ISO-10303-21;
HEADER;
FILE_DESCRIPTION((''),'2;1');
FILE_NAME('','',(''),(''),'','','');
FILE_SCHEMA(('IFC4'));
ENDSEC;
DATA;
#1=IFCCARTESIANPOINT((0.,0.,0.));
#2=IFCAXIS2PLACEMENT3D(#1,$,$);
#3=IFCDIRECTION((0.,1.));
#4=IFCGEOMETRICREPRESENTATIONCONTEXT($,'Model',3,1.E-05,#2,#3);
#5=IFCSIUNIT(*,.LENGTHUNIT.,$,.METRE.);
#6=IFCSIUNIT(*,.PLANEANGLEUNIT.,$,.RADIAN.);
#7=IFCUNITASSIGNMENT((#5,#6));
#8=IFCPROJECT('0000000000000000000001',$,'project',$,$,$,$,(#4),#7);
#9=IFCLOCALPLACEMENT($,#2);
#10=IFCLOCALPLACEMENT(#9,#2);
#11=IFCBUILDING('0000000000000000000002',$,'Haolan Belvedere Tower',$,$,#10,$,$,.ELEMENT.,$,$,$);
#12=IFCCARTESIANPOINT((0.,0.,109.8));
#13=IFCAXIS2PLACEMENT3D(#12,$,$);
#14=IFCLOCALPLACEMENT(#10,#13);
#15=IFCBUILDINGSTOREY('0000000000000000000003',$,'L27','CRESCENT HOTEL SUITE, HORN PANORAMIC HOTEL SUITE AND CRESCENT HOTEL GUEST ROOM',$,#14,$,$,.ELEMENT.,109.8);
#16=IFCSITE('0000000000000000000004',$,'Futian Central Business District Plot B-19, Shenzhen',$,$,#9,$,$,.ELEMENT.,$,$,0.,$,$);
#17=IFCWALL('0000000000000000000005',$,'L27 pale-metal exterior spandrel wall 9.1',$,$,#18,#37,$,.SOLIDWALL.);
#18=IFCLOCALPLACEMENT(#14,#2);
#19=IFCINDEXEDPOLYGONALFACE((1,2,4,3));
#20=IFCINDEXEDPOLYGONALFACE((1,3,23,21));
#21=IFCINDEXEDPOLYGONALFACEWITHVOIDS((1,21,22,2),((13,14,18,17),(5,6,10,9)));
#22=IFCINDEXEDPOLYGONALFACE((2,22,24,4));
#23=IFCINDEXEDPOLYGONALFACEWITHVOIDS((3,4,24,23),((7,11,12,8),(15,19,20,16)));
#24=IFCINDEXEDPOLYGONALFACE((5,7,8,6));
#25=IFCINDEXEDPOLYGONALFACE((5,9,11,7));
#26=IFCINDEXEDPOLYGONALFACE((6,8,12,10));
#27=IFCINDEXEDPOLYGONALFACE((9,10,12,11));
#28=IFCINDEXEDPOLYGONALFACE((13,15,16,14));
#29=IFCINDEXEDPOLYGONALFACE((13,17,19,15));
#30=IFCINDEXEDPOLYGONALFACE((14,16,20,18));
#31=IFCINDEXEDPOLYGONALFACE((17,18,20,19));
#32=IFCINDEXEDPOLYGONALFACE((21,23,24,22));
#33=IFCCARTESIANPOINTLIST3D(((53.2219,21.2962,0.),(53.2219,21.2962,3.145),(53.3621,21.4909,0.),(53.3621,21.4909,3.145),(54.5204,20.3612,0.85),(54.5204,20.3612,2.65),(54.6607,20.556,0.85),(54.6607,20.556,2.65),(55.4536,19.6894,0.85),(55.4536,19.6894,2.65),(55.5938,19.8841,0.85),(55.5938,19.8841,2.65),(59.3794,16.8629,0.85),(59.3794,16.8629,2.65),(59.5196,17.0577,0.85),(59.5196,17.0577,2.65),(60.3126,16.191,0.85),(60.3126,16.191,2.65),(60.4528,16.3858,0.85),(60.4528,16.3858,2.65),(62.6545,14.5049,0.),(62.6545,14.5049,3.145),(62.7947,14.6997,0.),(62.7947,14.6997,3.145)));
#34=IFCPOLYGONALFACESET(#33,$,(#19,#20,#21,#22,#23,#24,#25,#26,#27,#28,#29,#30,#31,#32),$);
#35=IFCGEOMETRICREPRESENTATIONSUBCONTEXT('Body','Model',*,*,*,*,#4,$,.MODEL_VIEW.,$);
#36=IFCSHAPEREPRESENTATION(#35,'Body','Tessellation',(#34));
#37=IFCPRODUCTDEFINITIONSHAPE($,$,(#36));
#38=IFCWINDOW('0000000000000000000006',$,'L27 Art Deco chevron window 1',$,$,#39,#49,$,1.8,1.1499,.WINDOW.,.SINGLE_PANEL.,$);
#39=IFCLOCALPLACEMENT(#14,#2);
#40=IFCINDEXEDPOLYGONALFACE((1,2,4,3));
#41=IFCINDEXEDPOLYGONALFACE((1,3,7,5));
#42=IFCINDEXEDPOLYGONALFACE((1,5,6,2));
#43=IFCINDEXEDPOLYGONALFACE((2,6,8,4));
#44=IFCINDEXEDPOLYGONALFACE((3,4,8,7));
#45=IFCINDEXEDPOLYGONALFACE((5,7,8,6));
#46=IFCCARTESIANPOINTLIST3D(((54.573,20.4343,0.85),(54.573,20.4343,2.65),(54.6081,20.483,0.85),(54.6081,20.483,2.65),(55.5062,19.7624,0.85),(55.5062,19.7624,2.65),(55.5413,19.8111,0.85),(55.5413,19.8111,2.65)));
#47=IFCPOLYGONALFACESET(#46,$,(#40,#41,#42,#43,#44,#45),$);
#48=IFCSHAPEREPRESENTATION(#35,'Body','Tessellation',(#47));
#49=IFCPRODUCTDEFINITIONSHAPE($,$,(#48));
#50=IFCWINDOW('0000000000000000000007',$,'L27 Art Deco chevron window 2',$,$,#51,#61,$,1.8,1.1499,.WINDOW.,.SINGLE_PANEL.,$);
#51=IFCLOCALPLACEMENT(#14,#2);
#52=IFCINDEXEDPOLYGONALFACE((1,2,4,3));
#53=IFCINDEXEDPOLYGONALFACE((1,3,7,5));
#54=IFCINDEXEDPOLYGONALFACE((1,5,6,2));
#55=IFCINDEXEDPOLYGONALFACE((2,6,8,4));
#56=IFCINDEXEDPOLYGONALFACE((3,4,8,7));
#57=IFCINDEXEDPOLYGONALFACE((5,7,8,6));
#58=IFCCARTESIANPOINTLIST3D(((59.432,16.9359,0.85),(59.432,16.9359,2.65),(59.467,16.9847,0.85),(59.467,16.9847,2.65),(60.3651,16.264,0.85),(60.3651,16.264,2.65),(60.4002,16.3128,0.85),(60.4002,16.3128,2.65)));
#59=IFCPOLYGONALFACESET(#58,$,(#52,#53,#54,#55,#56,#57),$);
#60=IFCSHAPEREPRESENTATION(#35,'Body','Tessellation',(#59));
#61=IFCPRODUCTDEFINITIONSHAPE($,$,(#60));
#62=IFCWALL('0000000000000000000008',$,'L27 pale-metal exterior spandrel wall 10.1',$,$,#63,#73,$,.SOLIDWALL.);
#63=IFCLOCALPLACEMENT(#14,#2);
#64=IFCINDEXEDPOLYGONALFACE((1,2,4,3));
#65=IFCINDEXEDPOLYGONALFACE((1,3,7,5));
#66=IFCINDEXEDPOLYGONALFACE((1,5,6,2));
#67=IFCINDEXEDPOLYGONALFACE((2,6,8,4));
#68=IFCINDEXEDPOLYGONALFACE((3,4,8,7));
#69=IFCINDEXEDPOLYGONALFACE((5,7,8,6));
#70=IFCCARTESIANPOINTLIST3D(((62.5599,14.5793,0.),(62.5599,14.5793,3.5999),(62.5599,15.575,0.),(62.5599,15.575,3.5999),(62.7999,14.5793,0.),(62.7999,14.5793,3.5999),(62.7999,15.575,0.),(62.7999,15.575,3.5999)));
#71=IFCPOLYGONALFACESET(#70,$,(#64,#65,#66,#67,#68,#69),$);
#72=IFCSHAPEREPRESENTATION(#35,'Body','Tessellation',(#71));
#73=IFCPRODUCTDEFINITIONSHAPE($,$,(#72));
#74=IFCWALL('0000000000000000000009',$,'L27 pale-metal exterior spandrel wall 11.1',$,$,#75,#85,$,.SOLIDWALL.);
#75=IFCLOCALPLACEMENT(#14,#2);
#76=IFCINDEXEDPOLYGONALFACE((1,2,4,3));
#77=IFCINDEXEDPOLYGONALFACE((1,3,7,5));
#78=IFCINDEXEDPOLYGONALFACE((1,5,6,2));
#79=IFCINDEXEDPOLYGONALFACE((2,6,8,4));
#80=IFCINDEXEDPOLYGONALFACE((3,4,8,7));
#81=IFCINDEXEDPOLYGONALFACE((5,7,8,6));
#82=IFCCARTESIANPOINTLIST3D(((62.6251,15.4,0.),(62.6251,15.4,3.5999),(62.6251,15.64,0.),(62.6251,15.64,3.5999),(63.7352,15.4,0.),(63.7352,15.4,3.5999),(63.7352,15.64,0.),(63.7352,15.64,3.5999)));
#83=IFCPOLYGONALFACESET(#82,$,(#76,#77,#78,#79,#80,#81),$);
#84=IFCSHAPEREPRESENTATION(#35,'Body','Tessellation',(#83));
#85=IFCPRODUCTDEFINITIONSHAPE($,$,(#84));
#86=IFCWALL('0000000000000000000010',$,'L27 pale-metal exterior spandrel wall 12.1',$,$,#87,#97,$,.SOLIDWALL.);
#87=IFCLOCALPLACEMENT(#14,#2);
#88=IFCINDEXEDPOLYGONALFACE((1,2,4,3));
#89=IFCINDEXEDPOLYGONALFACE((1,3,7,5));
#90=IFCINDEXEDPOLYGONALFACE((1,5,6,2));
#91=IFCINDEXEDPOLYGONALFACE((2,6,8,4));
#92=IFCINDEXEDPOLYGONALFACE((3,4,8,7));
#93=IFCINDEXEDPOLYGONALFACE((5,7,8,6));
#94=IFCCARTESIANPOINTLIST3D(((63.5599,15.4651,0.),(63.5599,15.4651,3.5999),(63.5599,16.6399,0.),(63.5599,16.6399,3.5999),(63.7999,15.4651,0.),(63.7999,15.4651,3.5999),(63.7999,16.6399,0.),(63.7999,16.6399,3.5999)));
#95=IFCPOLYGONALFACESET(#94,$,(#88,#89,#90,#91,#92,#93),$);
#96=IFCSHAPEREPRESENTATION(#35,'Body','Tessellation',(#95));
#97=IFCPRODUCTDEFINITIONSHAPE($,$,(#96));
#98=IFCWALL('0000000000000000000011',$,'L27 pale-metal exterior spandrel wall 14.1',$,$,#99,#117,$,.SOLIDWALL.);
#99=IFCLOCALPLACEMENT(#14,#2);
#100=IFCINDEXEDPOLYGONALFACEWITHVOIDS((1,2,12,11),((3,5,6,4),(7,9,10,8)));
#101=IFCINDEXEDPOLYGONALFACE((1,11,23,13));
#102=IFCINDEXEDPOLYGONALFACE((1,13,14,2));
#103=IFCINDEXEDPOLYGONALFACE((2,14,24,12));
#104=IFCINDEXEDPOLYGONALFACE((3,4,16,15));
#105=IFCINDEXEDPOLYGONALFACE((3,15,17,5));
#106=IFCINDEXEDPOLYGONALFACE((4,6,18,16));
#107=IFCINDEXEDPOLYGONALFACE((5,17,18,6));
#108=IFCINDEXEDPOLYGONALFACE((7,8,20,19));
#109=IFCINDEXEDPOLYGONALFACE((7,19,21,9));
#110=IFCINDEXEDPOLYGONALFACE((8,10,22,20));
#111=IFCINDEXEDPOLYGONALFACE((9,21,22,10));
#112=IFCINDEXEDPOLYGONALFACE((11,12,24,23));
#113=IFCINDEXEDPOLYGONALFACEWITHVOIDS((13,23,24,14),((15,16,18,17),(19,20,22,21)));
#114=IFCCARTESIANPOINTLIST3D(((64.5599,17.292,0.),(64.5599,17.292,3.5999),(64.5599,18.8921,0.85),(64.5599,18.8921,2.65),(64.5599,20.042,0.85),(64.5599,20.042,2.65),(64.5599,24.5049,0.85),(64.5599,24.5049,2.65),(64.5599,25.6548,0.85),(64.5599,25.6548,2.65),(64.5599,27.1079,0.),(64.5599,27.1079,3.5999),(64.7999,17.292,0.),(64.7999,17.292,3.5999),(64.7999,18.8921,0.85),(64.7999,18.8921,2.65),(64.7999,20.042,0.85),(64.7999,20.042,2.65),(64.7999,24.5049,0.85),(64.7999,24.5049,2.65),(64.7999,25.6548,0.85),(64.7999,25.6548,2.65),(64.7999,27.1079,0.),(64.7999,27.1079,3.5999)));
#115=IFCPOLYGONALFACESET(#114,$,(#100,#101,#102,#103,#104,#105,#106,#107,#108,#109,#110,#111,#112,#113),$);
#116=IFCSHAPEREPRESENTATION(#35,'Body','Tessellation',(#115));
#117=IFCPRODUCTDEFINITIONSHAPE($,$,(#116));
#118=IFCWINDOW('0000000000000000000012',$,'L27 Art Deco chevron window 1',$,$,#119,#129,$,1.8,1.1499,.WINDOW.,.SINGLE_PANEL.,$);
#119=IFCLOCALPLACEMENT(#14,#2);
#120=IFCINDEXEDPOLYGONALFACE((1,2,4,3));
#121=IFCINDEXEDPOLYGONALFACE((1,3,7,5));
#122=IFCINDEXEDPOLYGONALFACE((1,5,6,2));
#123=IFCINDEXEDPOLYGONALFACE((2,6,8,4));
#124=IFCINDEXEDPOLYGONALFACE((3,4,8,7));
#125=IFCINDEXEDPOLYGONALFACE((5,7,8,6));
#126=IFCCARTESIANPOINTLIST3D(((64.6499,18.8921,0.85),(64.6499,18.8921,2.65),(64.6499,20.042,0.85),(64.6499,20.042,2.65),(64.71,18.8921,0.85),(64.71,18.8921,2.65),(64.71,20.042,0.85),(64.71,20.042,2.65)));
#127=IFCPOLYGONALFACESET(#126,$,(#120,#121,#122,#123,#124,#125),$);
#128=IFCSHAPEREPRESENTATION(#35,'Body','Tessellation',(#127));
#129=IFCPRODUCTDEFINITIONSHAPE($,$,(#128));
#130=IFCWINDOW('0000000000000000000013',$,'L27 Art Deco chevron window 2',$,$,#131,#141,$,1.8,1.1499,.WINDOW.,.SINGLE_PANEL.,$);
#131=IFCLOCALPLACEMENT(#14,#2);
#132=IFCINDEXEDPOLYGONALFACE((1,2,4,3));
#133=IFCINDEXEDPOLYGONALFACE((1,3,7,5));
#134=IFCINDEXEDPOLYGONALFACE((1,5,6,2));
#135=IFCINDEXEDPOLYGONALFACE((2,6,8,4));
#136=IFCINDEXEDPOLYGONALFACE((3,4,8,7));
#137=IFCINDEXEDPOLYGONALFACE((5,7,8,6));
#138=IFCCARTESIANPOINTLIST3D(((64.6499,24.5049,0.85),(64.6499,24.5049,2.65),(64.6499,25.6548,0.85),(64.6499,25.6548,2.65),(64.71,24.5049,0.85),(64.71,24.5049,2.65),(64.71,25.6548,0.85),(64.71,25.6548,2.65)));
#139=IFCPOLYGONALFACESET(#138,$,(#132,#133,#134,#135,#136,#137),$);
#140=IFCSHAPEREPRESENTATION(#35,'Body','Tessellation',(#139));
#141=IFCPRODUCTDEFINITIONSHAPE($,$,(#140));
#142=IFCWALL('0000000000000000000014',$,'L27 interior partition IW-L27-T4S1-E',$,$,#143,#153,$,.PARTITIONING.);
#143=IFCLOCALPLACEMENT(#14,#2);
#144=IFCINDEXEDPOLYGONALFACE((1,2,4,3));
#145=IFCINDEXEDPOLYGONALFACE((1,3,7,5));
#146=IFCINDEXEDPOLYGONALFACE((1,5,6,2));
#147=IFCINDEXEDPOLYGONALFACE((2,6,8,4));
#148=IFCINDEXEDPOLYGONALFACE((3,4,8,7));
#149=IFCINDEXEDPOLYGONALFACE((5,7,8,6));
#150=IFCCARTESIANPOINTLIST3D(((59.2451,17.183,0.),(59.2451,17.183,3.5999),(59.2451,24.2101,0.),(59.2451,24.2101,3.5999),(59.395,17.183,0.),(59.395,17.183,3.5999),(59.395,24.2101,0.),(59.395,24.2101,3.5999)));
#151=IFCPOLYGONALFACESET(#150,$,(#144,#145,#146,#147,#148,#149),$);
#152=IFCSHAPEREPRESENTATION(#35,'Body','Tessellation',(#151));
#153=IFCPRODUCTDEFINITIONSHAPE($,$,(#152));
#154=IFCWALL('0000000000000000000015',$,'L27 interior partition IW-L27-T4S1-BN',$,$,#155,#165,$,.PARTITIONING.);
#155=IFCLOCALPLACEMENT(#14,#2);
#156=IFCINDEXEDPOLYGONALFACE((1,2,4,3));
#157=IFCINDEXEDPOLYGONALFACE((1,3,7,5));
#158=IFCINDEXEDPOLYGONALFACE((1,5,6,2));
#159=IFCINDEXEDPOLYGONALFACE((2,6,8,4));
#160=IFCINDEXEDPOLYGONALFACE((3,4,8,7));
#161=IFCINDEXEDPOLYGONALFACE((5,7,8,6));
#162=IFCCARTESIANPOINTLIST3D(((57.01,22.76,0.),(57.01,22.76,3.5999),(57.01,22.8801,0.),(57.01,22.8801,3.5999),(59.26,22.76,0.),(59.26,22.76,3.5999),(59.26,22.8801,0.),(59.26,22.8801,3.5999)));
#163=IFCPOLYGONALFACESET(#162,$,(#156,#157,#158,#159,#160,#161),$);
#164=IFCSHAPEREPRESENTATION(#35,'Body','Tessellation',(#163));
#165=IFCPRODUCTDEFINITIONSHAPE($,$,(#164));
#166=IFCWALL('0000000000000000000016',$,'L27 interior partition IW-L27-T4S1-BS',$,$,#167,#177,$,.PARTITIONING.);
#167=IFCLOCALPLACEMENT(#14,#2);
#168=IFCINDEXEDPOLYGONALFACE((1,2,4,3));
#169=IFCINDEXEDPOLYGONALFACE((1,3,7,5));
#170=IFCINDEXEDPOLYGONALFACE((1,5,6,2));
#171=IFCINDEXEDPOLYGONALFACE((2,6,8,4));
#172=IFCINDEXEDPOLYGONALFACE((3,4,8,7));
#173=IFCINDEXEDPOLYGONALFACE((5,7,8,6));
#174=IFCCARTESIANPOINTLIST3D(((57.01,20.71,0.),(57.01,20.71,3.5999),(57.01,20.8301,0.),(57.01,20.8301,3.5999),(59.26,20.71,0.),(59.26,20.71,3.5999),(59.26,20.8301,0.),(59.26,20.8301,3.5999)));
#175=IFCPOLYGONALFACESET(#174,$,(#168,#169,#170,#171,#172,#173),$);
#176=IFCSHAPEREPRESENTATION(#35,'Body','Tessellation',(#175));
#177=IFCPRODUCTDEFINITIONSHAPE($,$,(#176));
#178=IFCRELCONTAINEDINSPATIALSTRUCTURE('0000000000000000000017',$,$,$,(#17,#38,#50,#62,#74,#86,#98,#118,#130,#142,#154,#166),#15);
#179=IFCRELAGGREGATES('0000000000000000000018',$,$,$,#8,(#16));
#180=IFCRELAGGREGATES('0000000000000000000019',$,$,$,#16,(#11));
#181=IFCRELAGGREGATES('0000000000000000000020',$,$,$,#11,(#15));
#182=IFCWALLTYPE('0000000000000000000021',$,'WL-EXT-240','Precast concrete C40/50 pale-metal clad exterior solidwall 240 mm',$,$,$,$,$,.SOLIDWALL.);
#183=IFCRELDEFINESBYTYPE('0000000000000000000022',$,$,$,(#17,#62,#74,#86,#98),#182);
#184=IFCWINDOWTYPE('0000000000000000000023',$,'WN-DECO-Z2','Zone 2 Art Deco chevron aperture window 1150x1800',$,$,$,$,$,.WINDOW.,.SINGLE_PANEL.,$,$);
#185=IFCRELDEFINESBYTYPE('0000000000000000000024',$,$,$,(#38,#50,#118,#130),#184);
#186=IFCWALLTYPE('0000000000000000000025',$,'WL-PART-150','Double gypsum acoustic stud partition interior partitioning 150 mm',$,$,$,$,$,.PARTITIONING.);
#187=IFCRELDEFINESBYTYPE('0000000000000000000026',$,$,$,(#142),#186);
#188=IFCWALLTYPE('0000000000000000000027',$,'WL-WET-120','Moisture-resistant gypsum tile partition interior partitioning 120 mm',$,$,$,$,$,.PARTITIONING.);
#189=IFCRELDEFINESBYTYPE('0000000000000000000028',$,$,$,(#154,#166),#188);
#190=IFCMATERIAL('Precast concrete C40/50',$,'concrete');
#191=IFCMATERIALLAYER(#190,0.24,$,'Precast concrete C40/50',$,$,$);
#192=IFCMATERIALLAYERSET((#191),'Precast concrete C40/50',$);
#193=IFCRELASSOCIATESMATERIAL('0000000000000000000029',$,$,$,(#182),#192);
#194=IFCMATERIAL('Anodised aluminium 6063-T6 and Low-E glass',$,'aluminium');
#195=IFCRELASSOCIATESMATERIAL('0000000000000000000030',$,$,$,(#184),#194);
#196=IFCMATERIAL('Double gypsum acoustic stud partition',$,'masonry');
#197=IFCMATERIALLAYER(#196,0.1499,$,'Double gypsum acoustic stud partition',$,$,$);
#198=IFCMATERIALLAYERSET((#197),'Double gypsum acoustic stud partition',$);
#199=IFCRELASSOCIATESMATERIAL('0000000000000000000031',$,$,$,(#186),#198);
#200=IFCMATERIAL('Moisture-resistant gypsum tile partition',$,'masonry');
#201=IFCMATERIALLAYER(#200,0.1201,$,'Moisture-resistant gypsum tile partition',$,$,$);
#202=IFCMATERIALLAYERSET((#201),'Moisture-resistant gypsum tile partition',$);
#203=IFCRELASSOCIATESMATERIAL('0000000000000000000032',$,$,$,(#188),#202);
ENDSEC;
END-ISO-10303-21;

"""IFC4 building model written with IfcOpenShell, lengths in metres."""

from ifc_helpers import new_model, si_unit, direction, frame, frame_2d, origin, place, context, subcontext, project, spatial, rectangle, extrude, material, layer, layer_set, type_object, element, fill, save


model = new_model("IFC4")

# Units and contexts
model_context = context("Model", 3, precision=1e-05, world=origin(), true_north=direction((0.0, 1.0)))
body_context = subcontext(model_context, "Body", "Model", "MODEL_VIEW")
ifc_project = project(units=[si_unit("LENGTHUNIT", "METRE"), si_unit("PLANEANGLEUNIT", "RADIAN")], contexts=[model_context])

# Site, building, storey
site_placement = place(None, origin())
site = spatial("IfcSite", under=ifc_project, at=site_placement, Name="Futian Central Business District Plot B-19, Shenzhen", CompositionType="ELEMENT", RefElevation=0.0)
building_placement = place(site_placement, origin())
building = spatial("IfcBuilding", under=site, at=building_placement, Name="Haolan Belvedere Tower", CompositionType="ELEMENT")
storey_placement = place(building_placement, frame((0.0, 0.0, 109.8)))
storey = spatial("IfcBuildingStorey", under=building, at=storey_placement, Name="L27", Description="CRESCENT HOTEL SUITE, HORN PANORAMIC HOTEL SUITE AND CRESCENT HOTEL GUEST ROOM", CompositionType="ELEMENT", Elevation=109.8)

# Wall, openings, windows
ifc_material_1 = material(Name="Precast concrete C40/50", Category="concrete")
ifc_layer_1 = layer(ifc_material_1, 0.24, Name="Precast concrete C40/50")
ifc_layer_set_1 = layer_set([ifc_layer_1], Name="Precast concrete C40/50")
wall_type_1 = type_object("IfcWallType", Name="WL-EXT-240", Description="Precast concrete C40/50 pale-metal clad exterior solidwall 240 mm", PredefinedType="SOLIDWALL", material=ifc_layer_set_1)
wall_1_placement = place(storey_placement, frame((53.292, 21.3936, 0.0), z_axis=(0.0, 0.0, 1.0), x_axis=(0.811544, -0.584292, 0.0)))
wall_1 = element("IfcWall", 1, at=wall_1_placement, inside=storey, type_object=wall_type_1, Name="L27 pale-metal exterior spandrel wall 9.1", PredefinedType="SOLIDWALL", context=body_context, shape_type="SweptSolid", body=[
    extrude(rectangle(XDim=11.623, YDim=0.24, at=frame_2d((5.8115, 0.0))), origin(), (0.0, 0.0, 1.0), 3.145),
])
opening_1_placement = place(wall_1_placement, frame((1.6001, 0.0, 0.8501)))
opening_1 = element("IfcOpeningElement", 2, at=opening_1_placement, cuts=wall_1, PredefinedType="OPENING", context=body_context, shape_type="SweptSolid", body=[
    extrude(rectangle(XDim=1.1499, YDim=1.8, at=frame_2d((0.575, 0.8999))), frame((0.0, 0.1299, 0.0), z_axis=(0.0, -1.0, 0.0), x_axis=(1.0, 0.0, 0.0)), (0.0, 0.0, 1.0), 0.26),
])
opening_2_placement = place(wall_1_placement, frame((7.5874, 0.0, 0.8501)))
opening_2 = element("IfcOpeningElement", 3, at=opening_2_placement, cuts=wall_1, PredefinedType="OPENING", context=body_context, shape_type="SweptSolid", body=[
    extrude(rectangle(XDim=1.1499, YDim=1.8, at=frame_2d((0.575, 0.8999))), frame((0.0, 0.1299, 0.0), z_axis=(0.0, -1.0, 0.0), x_axis=(1.0, 0.0, 0.0)), (0.0, 0.0, 1.0), 0.26),
])
ifc_material_2 = material(Name="Anodised aluminium 6063-T6 and Low-E glass", Category="aluminium")
window_type = type_object("IfcWindowType", Name="WN-DECO-Z2", Description="Zone 2 Art Deco chevron aperture window 1150x1800", PartitioningType="SINGLE_PANEL", PredefinedType="WINDOW", material=ifc_material_2)
window_1_placement = place(opening_1_placement, origin())
window_1 = element("IfcWindow", 4, at=window_1_placement, inside=storey, type_object=window_type, Name="L27 Art Deco chevron window 1", OverallHeight=1.8, OverallWidth=1.1499, PartitioningType="SINGLE_PANEL", PredefinedType="WINDOW", context=body_context, shape_type="SweptSolid", body=[
    extrude(rectangle(XDim=1.1499, YDim=1.8, at=frame_2d((0.575, 0.8999))), frame((0.0, 0.03, 0.0), z_axis=(0.0, -1.0, 0.0), x_axis=(1.0, 0.0, 0.0)), (0.0, 0.0, 1.0), 0.0601),
])
fill(opening_1, window_1)
window_2_placement = place(opening_2_placement, origin())
window_2 = element("IfcWindow", 5, at=window_2_placement, inside=storey, type_object=window_type, Name="L27 Art Deco chevron window 2", OverallHeight=1.8, OverallWidth=1.1499, PartitioningType="SINGLE_PANEL", PredefinedType="WINDOW", context=body_context, shape_type="SweptSolid", body=[
    extrude(rectangle(XDim=1.1499, YDim=1.8, at=frame_2d((0.575, 0.8999))), frame((0.0, 0.03, 0.0), z_axis=(0.0, -1.0, 0.0), x_axis=(1.0, 0.0, 0.0)), (0.0, 0.0, 1.0), 0.0601),
])
fill(opening_2, window_2)

# Walls
wall_2_placement = place(storey_placement, frame((62.6799, 14.5793, 0.0), z_axis=(0.0, 0.0, 1.0), x_axis=(0.0, 1.0, 0.0)))
element("IfcWall", 6, at=wall_2_placement, inside=storey, type_object=wall_type_1, Name="L27 pale-metal exterior spandrel wall 10.1", PredefinedType="SOLIDWALL", context=body_context, shape_type="SweptSolid", body=[
    extrude(rectangle(XDim=0.9956, YDim=0.24, at=frame_2d((0.4978, 0.0))), origin(), (0.0, 0.0, 1.0), 3.5999),
])
wall_3_placement = place(storey_placement, frame((62.625, 15.52, 0.0), z_axis=(0.0, 0.0, 1.0), x_axis=(1.0, 0.0, 0.0)))
element("IfcWall", 7, at=wall_3_placement, inside=storey, type_object=wall_type_1, Name="L27 pale-metal exterior spandrel wall 11.1", PredefinedType="SOLIDWALL", context=body_context, shape_type="SweptSolid", body=[
    extrude(rectangle(XDim=1.1101, YDim=0.24, at=frame_2d((0.5552, 0.0))), origin(), (0.0, 0.0, 1.0), 3.5999),
])
wall_4_placement = place(storey_placement, frame((63.6799, 15.4651, 0.0), z_axis=(0.0, 0.0, 1.0), x_axis=(0.0, 1.0, 0.0)))
element("IfcWall", 8, at=wall_4_placement, inside=storey, type_object=wall_type_1, Name="L27 pale-metal exterior spandrel wall 12.1", PredefinedType="SOLIDWALL", context=body_context, shape_type="SweptSolid", body=[
    extrude(rectangle(XDim=1.1748, YDim=0.24, at=frame_2d((0.5874, 0.0))), origin(), (0.0, 0.0, 1.0), 3.5999),
])

# Wall, openings, windows
wall_5_placement = place(storey_placement, frame((64.6799, 17.292, 0.0), z_axis=(0.0, 0.0, 1.0), x_axis=(0.0, 1.0, 0.0)))
wall_5 = element("IfcWall", 9, at=wall_5_placement, inside=storey, type_object=wall_type_1, Name="L27 pale-metal exterior spandrel wall 14.1", PredefinedType="SOLIDWALL", context=body_context, shape_type="SweptSolid", body=[
    extrude(rectangle(XDim=9.8159, YDim=0.24, at=frame_2d((4.908, 0.0))), origin(), (0.0, 0.0, 1.0), 3.5999),
])
opening_3_placement = place(wall_5_placement, frame((1.6001, 0.0, 0.8501)))
opening_3 = element("IfcOpeningElement", 10, at=opening_3_placement, cuts=wall_5, PredefinedType="OPENING", context=body_context, shape_type="SweptSolid", body=[
    extrude(rectangle(XDim=1.1499, YDim=1.8, at=frame_2d((0.575, 0.8999))), frame((0.0, 0.1299, 0.0), z_axis=(0.0, -1.0, 0.0), x_axis=(1.0, 0.0, 0.0)), (0.0, 0.0, 1.0), 0.26),
])
opening_4_placement = place(wall_5_placement, frame((7.2129, 0.0, 0.8501)))
opening_4 = element("IfcOpeningElement", 11, at=opening_4_placement, cuts=wall_5, PredefinedType="OPENING", context=body_context, shape_type="SweptSolid", body=[
    extrude(rectangle(XDim=1.1499, YDim=1.8, at=frame_2d((0.575, 0.8999))), frame((0.0, 0.1299, 0.0), z_axis=(0.0, -1.0, 0.0), x_axis=(1.0, 0.0, 0.0)), (0.0, 0.0, 1.0), 0.26),
])
window_3_placement = place(opening_3_placement, origin())
window_3 = element("IfcWindow", 12, at=window_3_placement, inside=storey, type_object=window_type, Name="L27 Art Deco chevron window 1", OverallHeight=1.8, OverallWidth=1.1499, PartitioningType="SINGLE_PANEL", PredefinedType="WINDOW", context=body_context, shape_type="SweptSolid", body=[
    extrude(rectangle(XDim=1.1499, YDim=1.8, at=frame_2d((0.575, 0.8999))), frame((0.0, 0.03, 0.0), z_axis=(0.0, -1.0, 0.0), x_axis=(1.0, 0.0, 0.0)), (0.0, 0.0, 1.0), 0.0601),
])
fill(opening_3, window_3)
window_4_placement = place(opening_4_placement, origin())
window_4 = element("IfcWindow", 13, at=window_4_placement, inside=storey, type_object=window_type, Name="L27 Art Deco chevron window 2", OverallHeight=1.8, OverallWidth=1.1499, PartitioningType="SINGLE_PANEL", PredefinedType="WINDOW", context=body_context, shape_type="SweptSolid", body=[
    extrude(rectangle(XDim=1.1499, YDim=1.8, at=frame_2d((0.575, 0.8999))), frame((0.0, 0.03, 0.0), z_axis=(0.0, -1.0, 0.0), x_axis=(1.0, 0.0, 0.0)), (0.0, 0.0, 1.0), 0.0601),
])
fill(opening_4, window_4)

# Walls
ifc_material_3 = material(Name="Double gypsum acoustic stud partition", Category="masonry")
ifc_layer_2 = layer(ifc_material_3, 0.1499, Name="Double gypsum acoustic stud partition")
ifc_layer_set_2 = layer_set([ifc_layer_2], Name="Double gypsum acoustic stud partition")
wall_type_2 = type_object("IfcWallType", Name="WL-PART-150", Description="Double gypsum acoustic stud partition interior partitioning 150 mm", PredefinedType="PARTITIONING", material=ifc_layer_set_2)
wall_6_placement = place(storey_placement, frame((59.3201, 17.1829, 0.0), z_axis=(0.0, 0.0, 1.0), x_axis=(0.0, 1.0, 0.0)))
element("IfcWall", 14, at=wall_6_placement, inside=storey, type_object=wall_type_2, Name="L27 interior partition IW-L27-T4S1-E", PredefinedType="PARTITIONING", context=body_context, shape_type="SweptSolid", body=[
    extrude(rectangle(XDim=7.0271, YDim=0.1499, at=frame_2d((3.5137, 0.0))), origin(), (0.0, 0.0, 1.0), 3.5999),
])
ifc_material_4 = material(Name="Moisture-resistant gypsum tile partition", Category="masonry")
ifc_layer_3 = layer(ifc_material_4, 0.1201, Name="Moisture-resistant gypsum tile partition")
ifc_layer_set_3 = layer_set([ifc_layer_3], Name="Moisture-resistant gypsum tile partition")
wall_type_3 = type_object("IfcWallType", Name="WL-WET-120", Description="Moisture-resistant gypsum tile partition interior partitioning 120 mm", PredefinedType="PARTITIONING", material=ifc_layer_set_3)
for number, where, z_axis, x_axis, name in (
    (15, (57.01, 22.8201, 0.0), (0.0, 0.0, 1.0), (1.0, 0.0, 0.0), "L27 interior partition IW-L27-T4S1-BN"),
    (16, (57.01, 20.77, 0.0), (0.0, 0.0, 1.0), (1.0, 0.0, 0.0), "L27 interior partition IW-L27-T4S1-BS"),
):
    element("IfcWall", number, at=place(storey_placement, frame(where, z_axis=z_axis, x_axis=x_axis)), inside=storey, type_object=wall_type_3, Name=name, PredefinedType="PARTITIONING", context=body_context, shape_type="SweptSolid", body=[
        extrude(rectangle(XDim=2.25, YDim=0.1201, at=frame_2d((1.125, 0.0))), origin(), (0.0, 0.0, 1.0), 3.5999),
    ])

save(model, "model.ifc")
